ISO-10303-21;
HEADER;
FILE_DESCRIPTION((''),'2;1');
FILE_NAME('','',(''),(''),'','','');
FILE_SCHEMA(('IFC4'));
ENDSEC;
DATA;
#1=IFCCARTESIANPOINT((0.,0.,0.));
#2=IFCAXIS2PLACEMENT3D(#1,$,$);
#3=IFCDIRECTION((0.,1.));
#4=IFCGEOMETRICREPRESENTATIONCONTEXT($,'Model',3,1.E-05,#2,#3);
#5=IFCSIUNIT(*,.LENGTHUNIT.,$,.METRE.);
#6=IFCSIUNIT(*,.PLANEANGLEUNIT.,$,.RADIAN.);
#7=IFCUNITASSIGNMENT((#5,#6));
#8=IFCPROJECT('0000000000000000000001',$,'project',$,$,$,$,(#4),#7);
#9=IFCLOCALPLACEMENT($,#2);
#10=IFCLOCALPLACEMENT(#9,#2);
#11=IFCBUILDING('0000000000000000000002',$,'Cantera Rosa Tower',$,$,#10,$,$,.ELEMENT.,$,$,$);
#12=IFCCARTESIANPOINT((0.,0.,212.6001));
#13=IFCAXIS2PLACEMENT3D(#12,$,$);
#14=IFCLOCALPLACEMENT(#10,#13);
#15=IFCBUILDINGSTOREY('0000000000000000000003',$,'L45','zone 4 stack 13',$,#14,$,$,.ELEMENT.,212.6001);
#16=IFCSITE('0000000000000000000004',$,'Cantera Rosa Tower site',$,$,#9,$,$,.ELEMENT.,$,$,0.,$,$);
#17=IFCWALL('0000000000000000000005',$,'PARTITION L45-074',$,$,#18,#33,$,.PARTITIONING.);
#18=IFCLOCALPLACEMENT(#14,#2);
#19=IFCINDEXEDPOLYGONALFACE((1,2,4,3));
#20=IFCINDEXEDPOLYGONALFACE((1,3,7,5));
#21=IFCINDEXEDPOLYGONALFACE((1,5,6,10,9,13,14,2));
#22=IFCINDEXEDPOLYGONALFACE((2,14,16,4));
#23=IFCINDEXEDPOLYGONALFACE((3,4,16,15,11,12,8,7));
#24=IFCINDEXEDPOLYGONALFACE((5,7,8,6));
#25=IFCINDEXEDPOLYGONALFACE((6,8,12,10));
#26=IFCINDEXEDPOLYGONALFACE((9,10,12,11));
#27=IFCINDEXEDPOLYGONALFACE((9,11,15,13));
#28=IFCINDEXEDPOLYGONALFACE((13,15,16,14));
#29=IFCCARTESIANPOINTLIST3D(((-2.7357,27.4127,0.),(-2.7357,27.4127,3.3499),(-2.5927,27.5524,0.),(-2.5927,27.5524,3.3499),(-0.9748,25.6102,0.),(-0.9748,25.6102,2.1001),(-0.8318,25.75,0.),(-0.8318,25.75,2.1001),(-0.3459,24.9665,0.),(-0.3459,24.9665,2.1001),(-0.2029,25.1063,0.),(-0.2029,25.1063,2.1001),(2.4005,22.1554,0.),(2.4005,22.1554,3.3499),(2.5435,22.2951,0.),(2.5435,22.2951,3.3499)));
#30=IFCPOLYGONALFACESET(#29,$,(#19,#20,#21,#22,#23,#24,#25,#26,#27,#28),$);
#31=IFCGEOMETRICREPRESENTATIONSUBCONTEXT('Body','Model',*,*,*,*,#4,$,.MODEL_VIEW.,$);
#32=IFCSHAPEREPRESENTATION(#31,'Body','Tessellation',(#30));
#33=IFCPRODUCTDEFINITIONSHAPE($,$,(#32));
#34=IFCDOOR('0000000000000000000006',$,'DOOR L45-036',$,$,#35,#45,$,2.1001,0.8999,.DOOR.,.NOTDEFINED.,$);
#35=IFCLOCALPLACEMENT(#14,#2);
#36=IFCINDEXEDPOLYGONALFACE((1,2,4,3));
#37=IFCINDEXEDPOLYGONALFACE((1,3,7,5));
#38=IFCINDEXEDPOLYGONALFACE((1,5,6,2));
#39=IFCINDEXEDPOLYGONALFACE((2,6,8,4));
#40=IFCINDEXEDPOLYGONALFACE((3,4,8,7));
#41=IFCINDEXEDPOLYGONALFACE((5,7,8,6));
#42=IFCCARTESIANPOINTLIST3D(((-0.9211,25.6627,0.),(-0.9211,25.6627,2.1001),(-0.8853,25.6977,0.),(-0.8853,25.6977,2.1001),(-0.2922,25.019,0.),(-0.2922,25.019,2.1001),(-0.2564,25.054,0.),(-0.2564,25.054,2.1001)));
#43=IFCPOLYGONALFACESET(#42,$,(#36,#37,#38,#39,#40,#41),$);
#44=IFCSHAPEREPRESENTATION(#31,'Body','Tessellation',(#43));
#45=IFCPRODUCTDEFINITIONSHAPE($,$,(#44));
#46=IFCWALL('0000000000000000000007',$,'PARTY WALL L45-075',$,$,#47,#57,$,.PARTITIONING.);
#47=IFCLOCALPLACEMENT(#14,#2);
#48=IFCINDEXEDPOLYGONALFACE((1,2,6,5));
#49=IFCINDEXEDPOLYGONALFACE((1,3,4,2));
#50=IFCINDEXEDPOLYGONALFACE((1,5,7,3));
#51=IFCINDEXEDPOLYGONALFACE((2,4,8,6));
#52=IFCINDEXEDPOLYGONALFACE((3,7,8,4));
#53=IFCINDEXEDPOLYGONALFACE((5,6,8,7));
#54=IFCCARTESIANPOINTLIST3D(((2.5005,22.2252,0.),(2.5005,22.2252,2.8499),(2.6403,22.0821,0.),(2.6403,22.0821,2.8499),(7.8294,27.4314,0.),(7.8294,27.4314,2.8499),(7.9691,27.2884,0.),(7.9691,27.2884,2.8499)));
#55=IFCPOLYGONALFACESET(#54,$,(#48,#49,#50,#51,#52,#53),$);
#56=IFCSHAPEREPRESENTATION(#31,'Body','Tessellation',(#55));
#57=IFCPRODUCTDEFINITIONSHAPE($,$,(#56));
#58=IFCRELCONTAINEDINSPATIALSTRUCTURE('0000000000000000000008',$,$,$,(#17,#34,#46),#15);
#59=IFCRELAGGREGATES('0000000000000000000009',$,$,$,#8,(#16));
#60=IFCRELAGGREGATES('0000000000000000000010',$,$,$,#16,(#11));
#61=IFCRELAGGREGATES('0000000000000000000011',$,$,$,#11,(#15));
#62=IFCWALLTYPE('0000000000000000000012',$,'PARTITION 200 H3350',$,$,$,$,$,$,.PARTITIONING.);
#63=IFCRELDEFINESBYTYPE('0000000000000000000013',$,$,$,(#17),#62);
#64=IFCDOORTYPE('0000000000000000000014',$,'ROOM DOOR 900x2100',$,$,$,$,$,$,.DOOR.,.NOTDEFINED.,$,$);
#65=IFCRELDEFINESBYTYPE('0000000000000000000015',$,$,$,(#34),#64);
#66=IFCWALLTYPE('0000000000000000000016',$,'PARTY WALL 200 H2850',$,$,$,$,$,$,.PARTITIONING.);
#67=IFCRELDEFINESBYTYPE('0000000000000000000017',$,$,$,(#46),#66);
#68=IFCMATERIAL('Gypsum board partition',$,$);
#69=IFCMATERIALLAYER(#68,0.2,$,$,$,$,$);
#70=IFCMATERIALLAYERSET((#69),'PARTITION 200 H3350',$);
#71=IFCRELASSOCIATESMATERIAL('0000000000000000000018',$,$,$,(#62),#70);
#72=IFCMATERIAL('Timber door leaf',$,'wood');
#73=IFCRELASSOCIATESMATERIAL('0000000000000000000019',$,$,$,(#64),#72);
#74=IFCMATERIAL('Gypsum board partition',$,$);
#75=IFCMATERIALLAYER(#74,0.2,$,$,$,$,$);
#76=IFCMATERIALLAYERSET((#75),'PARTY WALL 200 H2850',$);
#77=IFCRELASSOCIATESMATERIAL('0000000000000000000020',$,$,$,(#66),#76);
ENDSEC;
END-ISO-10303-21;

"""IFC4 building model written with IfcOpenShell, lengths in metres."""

from ifc_helpers import new_model, si_unit, direction, frame, frame_2d, origin, place, context, subcontext, project, spatial, rectangle, extrude, material, layer, layer_set, type_object, element, fill, save


model = new_model("IFC4")

# Units and contexts
model_context = context("Model", 3, precision=1e-05, world=origin(), true_north=direction((0.0, 1.0)))
body_context = subcontext(model_context, "Body", "Model", "MODEL_VIEW")
ifc_project = project(units=[si_unit("LENGTHUNIT", "METRE"), si_unit("PLANEANGLEUNIT", "RADIAN")], contexts=[model_context])

# Site, building, storey
site_placement = place(None, origin())
site = spatial("IfcSite", under=ifc_project, at=site_placement, Name="Cantera Rosa Tower site", CompositionType="ELEMENT", RefElevation=0.0)
building_placement = place(site_placement, origin())
building = spatial("IfcBuilding", under=site, at=building_placement, Name="Cantera Rosa Tower", CompositionType="ELEMENT")
storey_placement = place(building_placement, frame((0.0, 0.0, 212.6001)))
storey = spatial("IfcBuildingStorey", under=building, at=storey_placement, Name="L45", Description="zone 4 stack 13", CompositionType="ELEMENT", Elevation=212.6001)

# Shared definitions
ifc_material_1 = material(Name="Gypsum board partition")
ifc_layer_1 = layer(ifc_material_1, 0.2)
ifc_layer_set_1 = layer_set([ifc_layer_1], Name="PARTITION 200 H3350")
wall_type_1 = type_object("IfcWallType", Name="PARTITION 200 H3350", PredefinedType="PARTITIONING", material=ifc_layer_set_1)

# Wall, opening, door
wall_1_placement = place(storey_placement, frame((2.4719, 22.2253, 0.0), z_axis=(0.0, 0.0, 1.0), x_axis=(-0.698821, 0.715297, 0.0)))
wall_1 = element("IfcWall", 1, at=wall_1_placement, inside=storey, type_object=wall_type_1, Name="PARTITION L45-074", PredefinedType="PARTITIONING", context=body_context, shape_type="SweptSolid", body=[
    extrude(rectangle(XDim=7.3499, YDim=0.2, at=frame_2d((3.6748, 0.0))), origin(), (0.0, 0.0, 1.0), 3.3499),
])
opening_1_placement = place(wall_1_placement, frame((3.9299, 0.0, 0.0)))
opening_1 = element("IfcOpeningElement", 2, at=opening_1_placement, cuts=wall_1, PredefinedType="OPENING", context=body_context, shape_type="SweptSolid", body=[
    extrude(rectangle(XDim=0.8999, YDim=2.1001, at=frame_2d((0.45, 1.05))), frame((0.0, 0.1099, 0.0), z_axis=(0.0, -1.0, 0.0), x_axis=(1.0, 0.0, 0.0)), (0.0, 0.0, 1.0), 0.22),
])
ifc_material_2 = material(Name="Timber door leaf", Category="wood")
door_type_1 = type_object("IfcDoorType", Name="ROOM DOOR 900x2100", OperationType="NOTDEFINED", PredefinedType="DOOR", material=ifc_material_2)
door_1_placement = place(opening_1_placement, origin())
door_1 = element("IfcDoor", 3, at=door_1_placement, inside=storey, type_object=door_type_1, Name="DOOR L45-036", OperationType="NOTDEFINED", OverallHeight=2.1001, OverallWidth=0.8999, PredefinedType="DOOR", context=body_context, shape_type="SweptSolid", body=[
    extrude(rectangle(XDim=0.8999, YDim=2.1001, at=frame_2d((0.45, 1.05))), frame((0.0, 0.0249, 0.0), z_axis=(0.0, -1.0, 0.0), x_axis=(1.0, 0.0, 0.0)), (0.0, 0.0, 1.0), 0.05),
])
fill(opening_1, door_1)

# Wall
ifc_material_3 = material(Name="Gypsum board partition")
ifc_layer_2 = layer(ifc_material_3, 0.2)
ifc_layer_set_2 = layer_set([ifc_layer_2], Name="PARTY WALL 200 H2850")
wall_type_2 = type_object("IfcWallType", Name="PARTY WALL 200 H2850", PredefinedType="PARTITIONING", material=ifc_layer_set_2)
wall_2_placement = place(storey_placement, frame((2.5703, 22.1536, 0.0), z_axis=(0.0, 0.0, 1.0), x_axis=(0.715284, 0.698834, 0.0)))
element("IfcWall", 4, at=wall_2_placement, inside=storey, type_object=wall_type_2, Name="PARTY WALL L45-075", PredefinedType="PARTITIONING", context=body_context, shape_type="SweptSolid", body=[
    extrude(rectangle(XDim=7.45, YDim=0.2, at=frame_2d((3.7251, 0.0))), origin(), (0.0, 0.0, 1.0), 2.8499),
])

save(model, "model.ifc")
